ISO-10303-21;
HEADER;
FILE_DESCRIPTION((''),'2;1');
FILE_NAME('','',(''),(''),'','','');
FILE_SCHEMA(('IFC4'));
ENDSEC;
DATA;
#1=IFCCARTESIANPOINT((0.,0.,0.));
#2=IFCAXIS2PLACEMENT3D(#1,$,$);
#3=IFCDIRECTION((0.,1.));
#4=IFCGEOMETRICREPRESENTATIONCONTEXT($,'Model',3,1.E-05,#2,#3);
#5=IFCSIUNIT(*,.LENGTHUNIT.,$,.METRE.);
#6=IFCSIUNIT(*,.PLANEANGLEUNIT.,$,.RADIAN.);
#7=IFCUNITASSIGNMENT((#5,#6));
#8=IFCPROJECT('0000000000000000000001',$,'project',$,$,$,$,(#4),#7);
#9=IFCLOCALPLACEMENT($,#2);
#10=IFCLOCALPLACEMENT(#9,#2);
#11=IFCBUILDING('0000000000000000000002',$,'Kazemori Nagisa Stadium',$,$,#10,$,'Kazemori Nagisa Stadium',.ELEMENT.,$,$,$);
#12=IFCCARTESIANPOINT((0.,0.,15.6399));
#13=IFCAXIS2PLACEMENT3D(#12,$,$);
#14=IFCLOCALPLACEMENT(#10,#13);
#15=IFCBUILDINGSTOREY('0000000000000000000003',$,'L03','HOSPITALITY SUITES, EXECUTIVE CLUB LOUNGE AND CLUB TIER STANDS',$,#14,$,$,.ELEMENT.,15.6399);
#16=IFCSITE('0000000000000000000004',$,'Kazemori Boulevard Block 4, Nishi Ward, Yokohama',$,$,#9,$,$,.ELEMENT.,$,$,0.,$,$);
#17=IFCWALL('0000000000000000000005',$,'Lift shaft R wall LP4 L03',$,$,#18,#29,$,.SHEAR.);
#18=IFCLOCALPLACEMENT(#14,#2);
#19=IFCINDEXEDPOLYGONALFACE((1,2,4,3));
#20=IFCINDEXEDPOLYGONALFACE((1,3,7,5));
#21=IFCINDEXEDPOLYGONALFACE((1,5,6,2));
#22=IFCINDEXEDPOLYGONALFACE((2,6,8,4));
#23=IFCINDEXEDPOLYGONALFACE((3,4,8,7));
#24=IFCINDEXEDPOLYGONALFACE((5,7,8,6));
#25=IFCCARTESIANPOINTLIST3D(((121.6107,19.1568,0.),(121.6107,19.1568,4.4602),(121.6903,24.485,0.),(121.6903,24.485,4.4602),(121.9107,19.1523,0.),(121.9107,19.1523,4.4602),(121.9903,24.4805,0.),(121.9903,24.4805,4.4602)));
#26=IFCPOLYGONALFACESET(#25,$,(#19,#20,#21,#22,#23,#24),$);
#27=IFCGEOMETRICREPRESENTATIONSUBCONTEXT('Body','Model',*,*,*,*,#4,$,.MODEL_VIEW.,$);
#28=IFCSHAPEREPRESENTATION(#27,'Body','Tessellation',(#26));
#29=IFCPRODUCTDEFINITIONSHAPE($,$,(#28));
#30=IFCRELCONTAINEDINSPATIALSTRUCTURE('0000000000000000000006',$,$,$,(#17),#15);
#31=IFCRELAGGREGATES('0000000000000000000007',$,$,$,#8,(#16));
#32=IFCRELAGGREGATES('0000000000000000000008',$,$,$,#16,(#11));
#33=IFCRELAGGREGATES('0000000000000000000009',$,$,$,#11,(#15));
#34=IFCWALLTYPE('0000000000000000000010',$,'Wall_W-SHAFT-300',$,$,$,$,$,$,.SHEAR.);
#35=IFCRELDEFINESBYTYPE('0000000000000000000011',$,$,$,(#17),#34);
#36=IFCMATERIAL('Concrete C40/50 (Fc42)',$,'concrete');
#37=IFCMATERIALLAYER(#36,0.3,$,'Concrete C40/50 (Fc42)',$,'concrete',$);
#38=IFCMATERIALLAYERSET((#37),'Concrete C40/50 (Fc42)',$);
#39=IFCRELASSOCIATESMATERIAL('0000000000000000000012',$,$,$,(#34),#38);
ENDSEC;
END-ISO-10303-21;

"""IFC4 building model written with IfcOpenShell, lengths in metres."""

from ifc_helpers import new_model, si_unit, direction, frame, frame_2d, origin, place, context, subcontext, project, spatial, rectangle, extrude, material, layer, layer_set, type_object, element, save


model = new_model("IFC4")

# Units and contexts
model_context = context("Model", 3, precision=1e-05, world=origin(), true_north=direction((0.0, 1.0)))
body_context = subcontext(model_context, "Body", "Model", "MODEL_VIEW")
ifc_project = project(units=[si_unit("LENGTHUNIT", "METRE"), si_unit("PLANEANGLEUNIT", "RADIAN")], contexts=[model_context])

# Site, building, storey
site_placement = place(None, origin())
site = spatial("IfcSite", under=ifc_project, at=site_placement, Name="Kazemori Boulevard Block 4, Nishi Ward, Yokohama", CompositionType="ELEMENT", RefElevation=0.0)
building_placement = place(site_placement, origin())
building = spatial("IfcBuilding", under=site, at=building_placement, Name="Kazemori Nagisa Stadium", LongName="Kazemori Nagisa Stadium", CompositionType="ELEMENT")
storey_placement = place(building_placement, frame((0.0, 0.0, 15.6399)))
storey = spatial("IfcBuildingStorey", under=building, at=storey_placement, Name="L03", Description="HOSPITALITY SUITES, EXECUTIVE CLUB LOUNGE AND CLUB TIER STANDS", CompositionType="ELEMENT", Elevation=15.6399)

# Shared definitions
ifc_material_1 = material(Name="Concrete C40/50 (Fc42)", Category="concrete")

# Shared definitions
ifc_layer_1 = layer(ifc_material_1, 0.3, Name="Concrete C40/50 (Fc42)", Category="concrete")
ifc_layer_set_1 = layer_set([ifc_layer_1], Name="Concrete C40/50 (Fc42)")
wall_type_1 = type_object("IfcWallType", Name="Wall_W-SHAFT-300", PredefinedType="SHEAR", material=ifc_layer_set_1)

# Wall
wall_1_placement = place(storey_placement, frame((121.8403, 24.4829, 0.0), z_axis=(0.0, 0.0, 1.0), x_axis=(-0.014935, -0.999888, 0.0)))
element("IfcWall", 1, at=wall_1_placement, inside=storey, type_object=wall_type_1, Name="Lift shaft R wall LP4 L03", PredefinedType="SHEAR", context=body_context, shape_type="SweptSolid", body=[
    extrude(rectangle(XDim=5.3289, YDim=0.3, at=frame_2d((2.6646, 0.0))), origin(), (0.0, 0.0, 1.0), 4.4602),
])

save(model, "model.ifc")
